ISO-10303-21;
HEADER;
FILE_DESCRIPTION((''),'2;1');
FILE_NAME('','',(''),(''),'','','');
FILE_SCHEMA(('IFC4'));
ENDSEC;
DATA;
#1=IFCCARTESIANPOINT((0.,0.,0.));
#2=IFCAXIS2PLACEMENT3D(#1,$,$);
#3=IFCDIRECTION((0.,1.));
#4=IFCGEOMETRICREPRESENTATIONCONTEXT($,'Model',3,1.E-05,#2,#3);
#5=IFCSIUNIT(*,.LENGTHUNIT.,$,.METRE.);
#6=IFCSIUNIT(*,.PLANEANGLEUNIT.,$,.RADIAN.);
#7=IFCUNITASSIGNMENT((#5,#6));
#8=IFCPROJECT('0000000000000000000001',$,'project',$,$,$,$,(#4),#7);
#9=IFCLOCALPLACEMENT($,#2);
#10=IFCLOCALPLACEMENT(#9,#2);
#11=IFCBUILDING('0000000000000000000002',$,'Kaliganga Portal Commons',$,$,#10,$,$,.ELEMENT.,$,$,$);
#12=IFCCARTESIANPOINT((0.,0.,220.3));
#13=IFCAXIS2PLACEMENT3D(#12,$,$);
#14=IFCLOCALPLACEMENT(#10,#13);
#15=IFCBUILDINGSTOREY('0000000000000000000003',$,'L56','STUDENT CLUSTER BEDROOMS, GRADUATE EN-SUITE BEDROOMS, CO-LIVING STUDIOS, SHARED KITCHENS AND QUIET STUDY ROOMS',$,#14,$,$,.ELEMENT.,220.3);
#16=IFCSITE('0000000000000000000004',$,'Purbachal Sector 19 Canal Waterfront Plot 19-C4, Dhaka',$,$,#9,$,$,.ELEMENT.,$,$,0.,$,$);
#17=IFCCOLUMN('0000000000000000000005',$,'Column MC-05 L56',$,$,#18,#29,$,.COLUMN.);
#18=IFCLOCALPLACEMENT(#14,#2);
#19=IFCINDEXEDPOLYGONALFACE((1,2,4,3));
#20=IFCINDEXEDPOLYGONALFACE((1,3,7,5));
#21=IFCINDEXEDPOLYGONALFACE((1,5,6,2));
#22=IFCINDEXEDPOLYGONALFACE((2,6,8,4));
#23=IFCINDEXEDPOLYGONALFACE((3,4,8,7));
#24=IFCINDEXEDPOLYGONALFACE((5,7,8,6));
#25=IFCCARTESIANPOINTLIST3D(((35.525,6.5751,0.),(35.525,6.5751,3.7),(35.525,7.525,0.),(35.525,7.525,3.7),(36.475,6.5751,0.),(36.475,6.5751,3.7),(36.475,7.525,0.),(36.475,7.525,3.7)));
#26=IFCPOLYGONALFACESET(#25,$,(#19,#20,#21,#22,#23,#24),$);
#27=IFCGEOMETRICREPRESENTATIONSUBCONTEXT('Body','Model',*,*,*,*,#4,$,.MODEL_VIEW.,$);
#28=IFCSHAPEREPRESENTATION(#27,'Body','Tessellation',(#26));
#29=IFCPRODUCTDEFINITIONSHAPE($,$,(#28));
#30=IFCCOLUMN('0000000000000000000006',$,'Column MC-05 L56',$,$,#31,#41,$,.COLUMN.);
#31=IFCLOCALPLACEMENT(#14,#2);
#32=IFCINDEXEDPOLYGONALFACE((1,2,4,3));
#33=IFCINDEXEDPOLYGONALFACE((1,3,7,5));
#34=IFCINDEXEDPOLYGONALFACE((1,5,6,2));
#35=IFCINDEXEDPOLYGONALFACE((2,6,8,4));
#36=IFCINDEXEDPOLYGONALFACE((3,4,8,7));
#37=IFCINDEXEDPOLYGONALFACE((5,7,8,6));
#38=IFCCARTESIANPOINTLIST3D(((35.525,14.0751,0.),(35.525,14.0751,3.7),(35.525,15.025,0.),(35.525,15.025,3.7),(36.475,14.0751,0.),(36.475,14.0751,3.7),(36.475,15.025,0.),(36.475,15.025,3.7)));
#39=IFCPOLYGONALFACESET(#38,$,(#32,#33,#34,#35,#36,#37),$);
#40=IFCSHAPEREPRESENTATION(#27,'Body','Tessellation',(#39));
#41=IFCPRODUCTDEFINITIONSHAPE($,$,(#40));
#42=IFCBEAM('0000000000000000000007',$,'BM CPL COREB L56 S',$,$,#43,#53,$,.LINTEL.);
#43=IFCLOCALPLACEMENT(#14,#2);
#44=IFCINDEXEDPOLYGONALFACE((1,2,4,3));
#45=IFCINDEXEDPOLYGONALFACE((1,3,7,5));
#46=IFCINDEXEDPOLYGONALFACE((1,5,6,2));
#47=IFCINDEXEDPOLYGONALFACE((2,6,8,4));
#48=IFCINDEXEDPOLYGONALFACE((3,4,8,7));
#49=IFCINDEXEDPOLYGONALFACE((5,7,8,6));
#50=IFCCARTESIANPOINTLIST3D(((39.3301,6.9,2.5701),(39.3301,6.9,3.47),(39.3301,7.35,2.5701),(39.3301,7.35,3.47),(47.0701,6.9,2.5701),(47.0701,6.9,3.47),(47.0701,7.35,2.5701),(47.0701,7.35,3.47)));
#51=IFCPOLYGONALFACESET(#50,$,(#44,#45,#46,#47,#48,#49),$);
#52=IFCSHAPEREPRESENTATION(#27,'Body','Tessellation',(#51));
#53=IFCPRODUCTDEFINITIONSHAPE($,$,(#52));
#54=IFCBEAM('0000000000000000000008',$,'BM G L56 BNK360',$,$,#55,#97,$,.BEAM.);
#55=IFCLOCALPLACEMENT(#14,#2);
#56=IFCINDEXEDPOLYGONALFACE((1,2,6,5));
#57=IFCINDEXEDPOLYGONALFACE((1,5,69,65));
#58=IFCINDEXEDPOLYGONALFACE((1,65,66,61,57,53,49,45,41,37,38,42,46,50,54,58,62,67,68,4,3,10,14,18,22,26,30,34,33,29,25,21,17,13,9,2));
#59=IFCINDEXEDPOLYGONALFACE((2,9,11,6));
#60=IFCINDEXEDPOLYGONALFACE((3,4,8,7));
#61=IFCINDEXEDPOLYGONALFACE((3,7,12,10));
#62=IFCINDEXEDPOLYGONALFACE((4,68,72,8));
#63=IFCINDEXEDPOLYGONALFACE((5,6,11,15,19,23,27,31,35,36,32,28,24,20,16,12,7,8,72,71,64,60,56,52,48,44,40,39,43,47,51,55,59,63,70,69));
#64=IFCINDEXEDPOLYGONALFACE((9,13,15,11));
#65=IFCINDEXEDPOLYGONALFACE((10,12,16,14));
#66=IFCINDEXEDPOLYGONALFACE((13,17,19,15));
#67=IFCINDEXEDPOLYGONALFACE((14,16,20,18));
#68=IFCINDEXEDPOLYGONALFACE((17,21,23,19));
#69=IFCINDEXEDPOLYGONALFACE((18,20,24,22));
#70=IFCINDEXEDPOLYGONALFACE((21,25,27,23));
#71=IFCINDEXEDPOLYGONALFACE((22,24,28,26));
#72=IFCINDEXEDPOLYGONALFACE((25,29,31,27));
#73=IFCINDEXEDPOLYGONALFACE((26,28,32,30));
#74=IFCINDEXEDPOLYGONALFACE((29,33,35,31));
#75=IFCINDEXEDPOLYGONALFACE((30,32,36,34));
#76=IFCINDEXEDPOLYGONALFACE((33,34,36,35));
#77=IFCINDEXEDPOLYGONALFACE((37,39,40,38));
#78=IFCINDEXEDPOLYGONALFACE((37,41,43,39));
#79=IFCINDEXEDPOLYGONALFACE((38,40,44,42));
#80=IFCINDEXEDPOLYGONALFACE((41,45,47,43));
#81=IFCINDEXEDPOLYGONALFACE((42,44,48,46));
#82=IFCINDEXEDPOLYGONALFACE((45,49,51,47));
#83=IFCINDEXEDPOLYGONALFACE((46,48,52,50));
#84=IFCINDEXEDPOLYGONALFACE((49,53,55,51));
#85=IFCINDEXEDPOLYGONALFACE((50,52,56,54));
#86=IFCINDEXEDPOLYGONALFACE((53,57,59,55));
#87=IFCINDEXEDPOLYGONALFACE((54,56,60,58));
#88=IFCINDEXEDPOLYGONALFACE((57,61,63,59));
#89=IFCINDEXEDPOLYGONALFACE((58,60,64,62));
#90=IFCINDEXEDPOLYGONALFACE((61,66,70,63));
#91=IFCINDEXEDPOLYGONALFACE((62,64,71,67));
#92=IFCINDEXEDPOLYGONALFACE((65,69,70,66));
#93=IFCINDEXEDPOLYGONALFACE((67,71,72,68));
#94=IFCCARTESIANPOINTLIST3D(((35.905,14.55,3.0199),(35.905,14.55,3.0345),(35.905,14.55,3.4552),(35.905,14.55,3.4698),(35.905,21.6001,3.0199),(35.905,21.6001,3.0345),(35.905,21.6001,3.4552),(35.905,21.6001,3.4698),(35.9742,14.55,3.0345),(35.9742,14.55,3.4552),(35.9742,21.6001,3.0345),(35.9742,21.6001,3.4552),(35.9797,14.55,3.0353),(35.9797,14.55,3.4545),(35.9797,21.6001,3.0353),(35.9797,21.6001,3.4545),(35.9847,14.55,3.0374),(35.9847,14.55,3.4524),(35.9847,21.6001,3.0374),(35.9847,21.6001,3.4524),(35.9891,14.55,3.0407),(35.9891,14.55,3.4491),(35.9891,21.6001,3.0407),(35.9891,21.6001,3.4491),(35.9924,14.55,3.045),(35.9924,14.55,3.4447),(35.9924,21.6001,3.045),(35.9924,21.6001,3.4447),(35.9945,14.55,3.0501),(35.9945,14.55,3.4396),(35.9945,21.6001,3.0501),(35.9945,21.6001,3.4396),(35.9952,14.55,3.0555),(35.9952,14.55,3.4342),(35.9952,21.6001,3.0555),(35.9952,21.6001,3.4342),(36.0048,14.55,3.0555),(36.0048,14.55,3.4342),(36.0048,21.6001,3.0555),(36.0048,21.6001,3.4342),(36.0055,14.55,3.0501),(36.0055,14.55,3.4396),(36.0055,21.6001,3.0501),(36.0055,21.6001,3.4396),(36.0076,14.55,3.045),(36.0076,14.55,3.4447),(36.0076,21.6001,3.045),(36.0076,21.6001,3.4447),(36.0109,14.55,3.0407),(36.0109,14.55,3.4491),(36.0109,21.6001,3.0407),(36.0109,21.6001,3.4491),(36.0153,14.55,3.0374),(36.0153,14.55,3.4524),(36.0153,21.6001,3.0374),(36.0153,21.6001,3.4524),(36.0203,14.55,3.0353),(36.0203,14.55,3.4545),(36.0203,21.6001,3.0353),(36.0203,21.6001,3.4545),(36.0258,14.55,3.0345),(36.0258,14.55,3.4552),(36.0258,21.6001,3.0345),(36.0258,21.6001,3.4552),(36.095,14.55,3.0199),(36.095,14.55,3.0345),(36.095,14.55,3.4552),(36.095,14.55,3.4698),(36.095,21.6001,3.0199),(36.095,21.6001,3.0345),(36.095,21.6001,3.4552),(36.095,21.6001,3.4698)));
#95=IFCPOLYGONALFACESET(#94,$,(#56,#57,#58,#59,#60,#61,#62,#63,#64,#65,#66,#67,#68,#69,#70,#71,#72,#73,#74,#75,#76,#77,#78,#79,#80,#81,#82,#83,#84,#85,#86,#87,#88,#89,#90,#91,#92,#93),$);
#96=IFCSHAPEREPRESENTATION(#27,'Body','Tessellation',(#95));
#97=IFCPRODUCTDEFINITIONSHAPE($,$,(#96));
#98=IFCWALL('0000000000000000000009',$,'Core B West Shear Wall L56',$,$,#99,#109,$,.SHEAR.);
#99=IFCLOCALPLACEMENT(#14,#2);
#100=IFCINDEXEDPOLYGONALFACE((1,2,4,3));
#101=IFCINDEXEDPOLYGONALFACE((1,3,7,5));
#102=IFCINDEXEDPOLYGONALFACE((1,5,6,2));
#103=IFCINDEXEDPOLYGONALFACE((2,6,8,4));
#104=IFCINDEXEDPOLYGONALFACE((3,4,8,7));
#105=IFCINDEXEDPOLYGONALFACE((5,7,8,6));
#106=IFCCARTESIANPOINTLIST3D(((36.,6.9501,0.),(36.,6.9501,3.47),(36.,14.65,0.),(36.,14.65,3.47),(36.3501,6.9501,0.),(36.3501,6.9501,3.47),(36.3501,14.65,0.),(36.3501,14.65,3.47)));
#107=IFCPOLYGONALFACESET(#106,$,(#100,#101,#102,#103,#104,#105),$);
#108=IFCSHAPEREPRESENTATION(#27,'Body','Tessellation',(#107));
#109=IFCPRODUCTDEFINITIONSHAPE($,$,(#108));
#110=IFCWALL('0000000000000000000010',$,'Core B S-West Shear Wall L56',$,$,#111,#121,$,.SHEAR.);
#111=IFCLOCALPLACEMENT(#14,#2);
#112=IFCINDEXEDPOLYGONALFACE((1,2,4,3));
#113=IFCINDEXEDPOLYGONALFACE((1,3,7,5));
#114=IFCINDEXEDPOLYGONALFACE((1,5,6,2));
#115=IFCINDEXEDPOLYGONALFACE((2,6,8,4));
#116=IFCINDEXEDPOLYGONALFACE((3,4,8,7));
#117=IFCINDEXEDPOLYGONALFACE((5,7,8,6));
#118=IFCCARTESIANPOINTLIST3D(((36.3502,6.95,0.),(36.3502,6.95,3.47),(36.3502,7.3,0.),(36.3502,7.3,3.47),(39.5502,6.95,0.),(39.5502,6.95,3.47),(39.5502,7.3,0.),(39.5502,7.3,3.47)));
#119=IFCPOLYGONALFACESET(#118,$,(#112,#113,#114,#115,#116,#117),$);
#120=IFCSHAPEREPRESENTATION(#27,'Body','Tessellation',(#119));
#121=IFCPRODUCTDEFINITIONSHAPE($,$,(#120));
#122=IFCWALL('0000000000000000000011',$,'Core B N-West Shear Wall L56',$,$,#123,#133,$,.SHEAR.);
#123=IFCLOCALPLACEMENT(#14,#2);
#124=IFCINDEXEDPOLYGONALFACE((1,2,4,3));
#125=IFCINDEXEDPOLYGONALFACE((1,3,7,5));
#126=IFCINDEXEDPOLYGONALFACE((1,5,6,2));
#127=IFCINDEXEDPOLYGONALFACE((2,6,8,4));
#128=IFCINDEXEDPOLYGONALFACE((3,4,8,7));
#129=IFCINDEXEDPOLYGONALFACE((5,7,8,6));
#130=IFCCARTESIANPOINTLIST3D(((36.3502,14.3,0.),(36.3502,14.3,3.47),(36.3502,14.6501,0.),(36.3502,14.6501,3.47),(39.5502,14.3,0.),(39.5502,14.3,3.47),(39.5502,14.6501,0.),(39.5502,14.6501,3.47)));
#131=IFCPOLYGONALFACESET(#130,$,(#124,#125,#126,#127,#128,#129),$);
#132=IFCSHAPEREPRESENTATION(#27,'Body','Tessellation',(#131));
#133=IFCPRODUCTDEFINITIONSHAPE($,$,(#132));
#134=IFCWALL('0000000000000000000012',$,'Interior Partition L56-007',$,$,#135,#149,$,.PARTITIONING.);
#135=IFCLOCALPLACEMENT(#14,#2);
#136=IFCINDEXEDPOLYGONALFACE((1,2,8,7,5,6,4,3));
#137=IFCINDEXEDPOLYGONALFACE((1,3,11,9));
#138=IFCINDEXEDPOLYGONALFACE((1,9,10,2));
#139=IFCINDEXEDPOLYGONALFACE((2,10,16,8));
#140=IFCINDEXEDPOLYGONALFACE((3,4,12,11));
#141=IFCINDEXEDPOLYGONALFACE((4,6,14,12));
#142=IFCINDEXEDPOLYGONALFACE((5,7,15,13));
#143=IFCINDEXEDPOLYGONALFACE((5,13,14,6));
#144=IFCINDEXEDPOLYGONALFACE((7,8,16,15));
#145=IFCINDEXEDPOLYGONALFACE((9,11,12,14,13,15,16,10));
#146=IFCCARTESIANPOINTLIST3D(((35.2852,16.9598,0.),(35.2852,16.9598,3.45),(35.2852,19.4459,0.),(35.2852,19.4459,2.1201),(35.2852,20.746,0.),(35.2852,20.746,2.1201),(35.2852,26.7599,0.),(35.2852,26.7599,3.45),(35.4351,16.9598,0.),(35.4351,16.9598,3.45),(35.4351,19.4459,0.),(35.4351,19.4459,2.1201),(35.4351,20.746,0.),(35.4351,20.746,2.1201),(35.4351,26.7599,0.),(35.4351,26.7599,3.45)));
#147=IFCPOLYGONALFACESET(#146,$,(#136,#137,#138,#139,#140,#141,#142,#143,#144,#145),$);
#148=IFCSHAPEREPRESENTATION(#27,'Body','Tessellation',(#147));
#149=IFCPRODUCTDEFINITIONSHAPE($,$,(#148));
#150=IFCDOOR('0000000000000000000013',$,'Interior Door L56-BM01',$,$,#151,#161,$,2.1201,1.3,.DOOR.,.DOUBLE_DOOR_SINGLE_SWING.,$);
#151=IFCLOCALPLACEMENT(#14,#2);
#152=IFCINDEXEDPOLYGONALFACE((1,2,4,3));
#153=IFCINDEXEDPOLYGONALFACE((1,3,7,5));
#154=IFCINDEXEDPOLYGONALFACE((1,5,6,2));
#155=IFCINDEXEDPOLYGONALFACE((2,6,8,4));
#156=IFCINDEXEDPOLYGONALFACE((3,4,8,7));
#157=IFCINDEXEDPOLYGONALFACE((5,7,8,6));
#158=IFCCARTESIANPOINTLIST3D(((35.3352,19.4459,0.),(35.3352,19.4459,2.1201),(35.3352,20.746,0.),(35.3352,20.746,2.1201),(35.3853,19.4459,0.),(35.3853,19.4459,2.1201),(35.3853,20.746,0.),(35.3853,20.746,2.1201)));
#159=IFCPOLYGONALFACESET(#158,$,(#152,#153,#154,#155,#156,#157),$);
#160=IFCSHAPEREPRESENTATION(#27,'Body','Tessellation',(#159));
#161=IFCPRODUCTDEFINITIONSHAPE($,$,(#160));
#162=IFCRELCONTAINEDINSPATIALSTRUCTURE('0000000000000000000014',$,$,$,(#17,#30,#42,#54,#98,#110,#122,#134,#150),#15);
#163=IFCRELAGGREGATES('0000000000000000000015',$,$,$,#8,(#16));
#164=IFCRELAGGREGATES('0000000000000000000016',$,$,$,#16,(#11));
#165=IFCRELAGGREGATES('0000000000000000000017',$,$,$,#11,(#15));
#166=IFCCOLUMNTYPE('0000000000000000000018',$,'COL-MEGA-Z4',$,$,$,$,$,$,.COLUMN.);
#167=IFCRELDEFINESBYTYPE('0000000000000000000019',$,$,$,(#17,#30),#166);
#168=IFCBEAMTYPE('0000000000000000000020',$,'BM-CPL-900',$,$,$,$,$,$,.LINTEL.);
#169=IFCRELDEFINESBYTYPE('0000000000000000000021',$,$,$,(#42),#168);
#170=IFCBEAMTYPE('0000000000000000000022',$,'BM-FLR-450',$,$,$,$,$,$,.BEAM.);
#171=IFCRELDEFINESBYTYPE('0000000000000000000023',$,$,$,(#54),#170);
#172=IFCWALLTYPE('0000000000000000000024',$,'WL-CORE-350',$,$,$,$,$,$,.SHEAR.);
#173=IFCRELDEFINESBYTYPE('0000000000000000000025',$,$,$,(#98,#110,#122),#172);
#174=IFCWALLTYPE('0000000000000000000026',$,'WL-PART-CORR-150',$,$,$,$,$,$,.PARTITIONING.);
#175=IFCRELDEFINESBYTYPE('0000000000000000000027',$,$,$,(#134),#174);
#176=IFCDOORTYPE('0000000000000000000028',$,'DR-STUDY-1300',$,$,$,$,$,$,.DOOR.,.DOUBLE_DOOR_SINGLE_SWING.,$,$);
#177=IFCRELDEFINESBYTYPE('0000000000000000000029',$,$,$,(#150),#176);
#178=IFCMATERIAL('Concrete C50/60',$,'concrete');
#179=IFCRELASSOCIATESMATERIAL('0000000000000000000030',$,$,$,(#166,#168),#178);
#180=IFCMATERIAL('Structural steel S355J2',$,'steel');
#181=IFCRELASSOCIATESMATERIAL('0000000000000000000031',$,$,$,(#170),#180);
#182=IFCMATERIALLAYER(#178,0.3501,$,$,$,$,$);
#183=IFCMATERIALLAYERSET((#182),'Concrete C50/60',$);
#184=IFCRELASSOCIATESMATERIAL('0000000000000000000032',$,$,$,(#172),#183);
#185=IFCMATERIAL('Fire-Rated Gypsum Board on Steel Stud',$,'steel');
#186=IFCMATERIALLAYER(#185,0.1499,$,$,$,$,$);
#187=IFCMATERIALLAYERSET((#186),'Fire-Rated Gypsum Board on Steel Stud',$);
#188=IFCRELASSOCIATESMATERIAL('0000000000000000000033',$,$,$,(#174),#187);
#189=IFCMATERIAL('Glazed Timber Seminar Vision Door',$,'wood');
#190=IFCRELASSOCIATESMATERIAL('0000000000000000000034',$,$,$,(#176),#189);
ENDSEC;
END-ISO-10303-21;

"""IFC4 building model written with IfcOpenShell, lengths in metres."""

from ifc_helpers import new_model, si_unit, direction, frame, frame_2d, origin, origin_2d, place, context, subcontext, project, spatial, rectangle, i_section, extrude, source, transform, mapped, material, layer, layer_set, material_profile, profile_set, type_object, element, fill, save


model = new_model("IFC4")

# Units and contexts
model_context = context("Model", 3, precision=1e-05, world=origin(), true_north=direction((0.0, 1.0)))
body_context = subcontext(model_context, "Body", "Model", "MODEL_VIEW")
ifc_project = project(units=[si_unit("LENGTHUNIT", "METRE"), si_unit("PLANEANGLEUNIT", "RADIAN")], contexts=[model_context])

# Site, building, storey
site_placement = place(None, origin())
site = spatial("IfcSite", under=ifc_project, at=site_placement, Name="Purbachal Sector 19 Canal Waterfront Plot 19-C4, Dhaka", CompositionType="ELEMENT", RefElevation=0.0)
building_placement = place(site_placement, origin())
building = spatial("IfcBuilding", under=site, at=building_placement, Name="Kaliganga Portal Commons", CompositionType="ELEMENT")
storey_placement = place(building_placement, frame((0.0, 0.0, 220.3)))
storey = spatial("IfcBuildingStorey", under=building, at=storey_placement, Name="L56", Description="STUDENT CLUSTER BEDROOMS, GRADUATE EN-SUITE BEDROOMS, CO-LIVING STUDIOS, SHARED KITCHENS AND QUIET STUDY ROOMS", CompositionType="ELEMENT", Elevation=220.3)

# Columns
ifc_material_1 = material(Name="Concrete C50/60", Category="concrete")
ifc_material_profile_1 = material_profile(ifc_material_1, rectangle(XDim=0.95, YDim=0.95, at=origin_2d()), Name="RC 950x950")
ifc_profile_set_1 = profile_set([ifc_material_profile_1], Name="Concrete C50/60")
column_type = type_object("IfcColumnType", Name="COL-MEGA-Z4", PredefinedType="COLUMN", material=ifc_profile_set_1)
shared_shape_1 = source(origin(), body_context, "Body", "SweptSolid", [
    extrude(rectangle(XDim=0.95, YDim=0.95, at=origin_2d()), origin(), (0.0, 0.0, 1.0), 3.7),
])
for number, where, z_axis, x_axis, name in (
    (1, (36.0, 7.05, 0.0), (0.0, 0.0, 1.0), (1.0, 0.0, 0.0), "Column MC-05 L56"),
    (2, (36.0, 14.55, 0.0), (0.0, 0.0, 1.0), (1.0, 0.0, 0.0), "Column MC-05 L56"),
):
    element("IfcColumn", number, at=place(storey_placement, frame(where, z_axis=z_axis, x_axis=x_axis)), inside=storey, type_object=column_type, Name=name, PredefinedType="COLUMN", context=body_context, shape_type="MappedRepresentation", body=[
        mapped(shared_shape_1, transform((0.0, 0.0, 0.0), x_axis=(1.0, 0.0, 0.0), y_axis=(0.0, 1.0, 0.0), z_axis=(0.0, 0.0, 1.0), scale=1.0)),
    ])

# Beams
ifc_material_profile_2 = material_profile(ifc_material_1, rectangle(XDim=0.45, YDim=0.8999, at=origin_2d()), Name="RC 450x900")
ifc_profile_set_2 = profile_set([ifc_material_profile_2], Name="Concrete C50/60")
beam_type_1 = type_object("IfcBeamType", Name="BM-CPL-900", PredefinedType="LINTEL", material=ifc_profile_set_2)
shared_shape_2 = source(origin(), body_context, "Body", "SweptSolid", [
    extrude(rectangle(XDim=0.45, YDim=0.8999, at=origin_2d()), origin(), (0.0, 0.0, 1.0), 7.74),
])
beam_1_placement = place(storey_placement, frame((39.3301, 7.125, 3.02), z_axis=(1.0, 0.0, 0.0), x_axis=(0.0, 1.0, 0.0)))
element("IfcBeam", 3, at=beam_1_placement, inside=storey, type_object=beam_type_1, Name="BM CPL COREB L56 S", PredefinedType="LINTEL", context=body_context, shape_type="MappedRepresentation", body=[
    mapped(shared_shape_2, transform((0.0, 0.0, 0.0), x_axis=(1.0, 0.0, 0.0), y_axis=(0.0, 1.0, 0.0), z_axis=(0.0, 0.0, 1.0), scale=1.0)),
])
ifc_material_2 = material(Name="Structural steel S355J2", Category="steel")
ifc_material_profile_3 = material_profile(ifc_material_2, i_section(OverallWidth=0.1899, OverallDepth=0.45, WebThickness=0.0095, FlangeThickness=0.0146, FilletRadius=0.021, at=origin_2d()), Name="IPE 450")
ifc_profile_set_3 = profile_set([ifc_material_profile_3], Name="Structural steel S355J2 wide-flange")
beam_type_2 = type_object("IfcBeamType", Name="BM-FLR-450", PredefinedType="BEAM", material=ifc_profile_set_3)
shared_shape_3 = source(origin(), body_context, "Body", "SweptSolid", [
    extrude(i_section(OverallWidth=0.1899, OverallDepth=0.45, WebThickness=0.0095, FlangeThickness=0.0146, FilletRadius=0.021, at=origin_2d()), origin(), (0.0, 0.0, 1.0), 7.05),
])
beam_2_placement = place(storey_placement, frame((36.0, 14.55, 3.2449), z_axis=(0.0, 1.0, 0.0), x_axis=(-1.0, 0.0, 0.0)))
element("IfcBeam", 4, at=beam_2_placement, inside=storey, type_object=beam_type_2, Name="BM G L56 BNK360", PredefinedType="BEAM", context=body_context, shape_type="MappedRepresentation", body=[
    mapped(shared_shape_3, transform((0.0, 0.0, 0.0), x_axis=(1.0, 0.0, 0.0), y_axis=(0.0, 1.0, 0.0), z_axis=(0.0, 0.0, 1.0), scale=1.0)),
])

# Walls
ifc_layer_1 = layer(ifc_material_1, 0.3501)
ifc_layer_set_1 = layer_set([ifc_layer_1], Name="Concrete C50/60")
wall_type_1 = type_object("IfcWallType", Name="WL-CORE-350", PredefinedType="SHEAR", material=ifc_layer_set_1)
wall_1_placement = place(storey_placement, frame((36.175, 6.95, 0.0), z_axis=(0.0, 0.0, 1.0), x_axis=(0.0, 1.0, 0.0)))
element("IfcWall", 5, at=wall_1_placement, inside=storey, type_object=wall_type_1, Name="Core B West Shear Wall L56", PredefinedType="SHEAR", context=body_context, shape_type="SweptSolid", body=[
    extrude(rectangle(XDim=7.7, YDim=0.3501, at=frame_2d((3.8501, 0.0))), origin(), (0.0, 0.0, 1.0), 3.47),
])
for number, where, z_axis, x_axis, name in (
    (6, (36.3501, 7.125, 0.0), (0.0, 0.0, 1.0), (1.0, 0.0, 0.0), "Core B S-West Shear Wall L56"),
    (7, (36.3501, 14.4751, 0.0), (0.0, 0.0, 1.0), (1.0, 0.0, 0.0), "Core B N-West Shear Wall L56"),
):
    element("IfcWall", number, at=place(storey_placement, frame(where, z_axis=z_axis, x_axis=x_axis)), inside=storey, type_object=wall_type_1, Name=name, PredefinedType="SHEAR", context=body_context, shape_type="SweptSolid", body=[
        extrude(rectangle(XDim=3.2, YDim=0.3501, at=frame_2d((1.6001, 0.0))), origin(), (0.0, 0.0, 1.0), 3.47),
    ])

# Wall, opening, door
ifc_material_3 = material(Name="Fire-Rated Gypsum Board on Steel Stud", Category="steel")
ifc_layer_2 = layer(ifc_material_3, 0.1499)
ifc_layer_set_2 = layer_set([ifc_layer_2], Name="Fire-Rated Gypsum Board on Steel Stud")
wall_type_2 = type_object("IfcWallType", Name="WL-PART-CORR-150", PredefinedType="PARTITIONING", material=ifc_layer_set_2)
wall_2_placement = place(storey_placement, frame((35.3601, 16.96, 0.0), z_axis=(0.0, 0.0, 1.0), x_axis=(0.0, 1.0, 0.0)))
wall_2 = element("IfcWall", 8, at=wall_2_placement, inside=storey, type_object=wall_type_2, Name="Interior Partition L56-007", PredefinedType="PARTITIONING", context=body_context, shape_type="SweptSolid", body=[
    extrude(rectangle(XDim=9.8, YDim=0.1499, at=frame_2d((4.8999, 0.0))), origin(), (0.0, 0.0, 1.0), 3.45),
])
opening_1_placement = place(wall_2_placement, frame((2.4861, 0.0, 0.0)))
opening_1 = element("IfcOpeningElement", 9, at=opening_1_placement, cuts=wall_2, PredefinedType="OPENING", context=body_context, shape_type="SweptSolid", body=[
    extrude(rectangle(XDim=1.3, YDim=2.1201, at=frame_2d((0.6499, 1.0601))), frame((0.0, 0.085, 0.0), z_axis=(0.0, -1.0, 0.0), x_axis=(1.0, 0.0, 0.0)), (0.0, 0.0, 1.0), 0.1699),
])
ifc_material_4 = material(Name="Glazed Timber Seminar Vision Door", Category="wood")
door_type = type_object("IfcDoorType", Name="DR-STUDY-1300", OperationType="DOUBLE_DOOR_SINGLE_SWING", PredefinedType="DOOR", material=ifc_material_4)
door_1_placement = place(opening_1_placement, origin())
door_1 = element("IfcDoor", 10, at=door_1_placement, inside=storey, type_object=door_type, Name="Interior Door L56-BM01", OperationType="DOUBLE_DOOR_SINGLE_SWING", OverallHeight=2.1201, OverallWidth=1.3, PredefinedType="DOOR", context=body_context, shape_type="SweptSolid", body=[
    extrude(rectangle(XDim=1.3, YDim=2.1201, at=frame_2d((0.6499, 1.0601))), frame((0.0, 0.0249, 0.0), z_axis=(0.0, -1.0, 0.0), x_axis=(1.0, 0.0, 0.0)), (0.0, 0.0, 1.0), 0.05),
])
fill(opening_1, door_1)

save(model, "model.ifc")
